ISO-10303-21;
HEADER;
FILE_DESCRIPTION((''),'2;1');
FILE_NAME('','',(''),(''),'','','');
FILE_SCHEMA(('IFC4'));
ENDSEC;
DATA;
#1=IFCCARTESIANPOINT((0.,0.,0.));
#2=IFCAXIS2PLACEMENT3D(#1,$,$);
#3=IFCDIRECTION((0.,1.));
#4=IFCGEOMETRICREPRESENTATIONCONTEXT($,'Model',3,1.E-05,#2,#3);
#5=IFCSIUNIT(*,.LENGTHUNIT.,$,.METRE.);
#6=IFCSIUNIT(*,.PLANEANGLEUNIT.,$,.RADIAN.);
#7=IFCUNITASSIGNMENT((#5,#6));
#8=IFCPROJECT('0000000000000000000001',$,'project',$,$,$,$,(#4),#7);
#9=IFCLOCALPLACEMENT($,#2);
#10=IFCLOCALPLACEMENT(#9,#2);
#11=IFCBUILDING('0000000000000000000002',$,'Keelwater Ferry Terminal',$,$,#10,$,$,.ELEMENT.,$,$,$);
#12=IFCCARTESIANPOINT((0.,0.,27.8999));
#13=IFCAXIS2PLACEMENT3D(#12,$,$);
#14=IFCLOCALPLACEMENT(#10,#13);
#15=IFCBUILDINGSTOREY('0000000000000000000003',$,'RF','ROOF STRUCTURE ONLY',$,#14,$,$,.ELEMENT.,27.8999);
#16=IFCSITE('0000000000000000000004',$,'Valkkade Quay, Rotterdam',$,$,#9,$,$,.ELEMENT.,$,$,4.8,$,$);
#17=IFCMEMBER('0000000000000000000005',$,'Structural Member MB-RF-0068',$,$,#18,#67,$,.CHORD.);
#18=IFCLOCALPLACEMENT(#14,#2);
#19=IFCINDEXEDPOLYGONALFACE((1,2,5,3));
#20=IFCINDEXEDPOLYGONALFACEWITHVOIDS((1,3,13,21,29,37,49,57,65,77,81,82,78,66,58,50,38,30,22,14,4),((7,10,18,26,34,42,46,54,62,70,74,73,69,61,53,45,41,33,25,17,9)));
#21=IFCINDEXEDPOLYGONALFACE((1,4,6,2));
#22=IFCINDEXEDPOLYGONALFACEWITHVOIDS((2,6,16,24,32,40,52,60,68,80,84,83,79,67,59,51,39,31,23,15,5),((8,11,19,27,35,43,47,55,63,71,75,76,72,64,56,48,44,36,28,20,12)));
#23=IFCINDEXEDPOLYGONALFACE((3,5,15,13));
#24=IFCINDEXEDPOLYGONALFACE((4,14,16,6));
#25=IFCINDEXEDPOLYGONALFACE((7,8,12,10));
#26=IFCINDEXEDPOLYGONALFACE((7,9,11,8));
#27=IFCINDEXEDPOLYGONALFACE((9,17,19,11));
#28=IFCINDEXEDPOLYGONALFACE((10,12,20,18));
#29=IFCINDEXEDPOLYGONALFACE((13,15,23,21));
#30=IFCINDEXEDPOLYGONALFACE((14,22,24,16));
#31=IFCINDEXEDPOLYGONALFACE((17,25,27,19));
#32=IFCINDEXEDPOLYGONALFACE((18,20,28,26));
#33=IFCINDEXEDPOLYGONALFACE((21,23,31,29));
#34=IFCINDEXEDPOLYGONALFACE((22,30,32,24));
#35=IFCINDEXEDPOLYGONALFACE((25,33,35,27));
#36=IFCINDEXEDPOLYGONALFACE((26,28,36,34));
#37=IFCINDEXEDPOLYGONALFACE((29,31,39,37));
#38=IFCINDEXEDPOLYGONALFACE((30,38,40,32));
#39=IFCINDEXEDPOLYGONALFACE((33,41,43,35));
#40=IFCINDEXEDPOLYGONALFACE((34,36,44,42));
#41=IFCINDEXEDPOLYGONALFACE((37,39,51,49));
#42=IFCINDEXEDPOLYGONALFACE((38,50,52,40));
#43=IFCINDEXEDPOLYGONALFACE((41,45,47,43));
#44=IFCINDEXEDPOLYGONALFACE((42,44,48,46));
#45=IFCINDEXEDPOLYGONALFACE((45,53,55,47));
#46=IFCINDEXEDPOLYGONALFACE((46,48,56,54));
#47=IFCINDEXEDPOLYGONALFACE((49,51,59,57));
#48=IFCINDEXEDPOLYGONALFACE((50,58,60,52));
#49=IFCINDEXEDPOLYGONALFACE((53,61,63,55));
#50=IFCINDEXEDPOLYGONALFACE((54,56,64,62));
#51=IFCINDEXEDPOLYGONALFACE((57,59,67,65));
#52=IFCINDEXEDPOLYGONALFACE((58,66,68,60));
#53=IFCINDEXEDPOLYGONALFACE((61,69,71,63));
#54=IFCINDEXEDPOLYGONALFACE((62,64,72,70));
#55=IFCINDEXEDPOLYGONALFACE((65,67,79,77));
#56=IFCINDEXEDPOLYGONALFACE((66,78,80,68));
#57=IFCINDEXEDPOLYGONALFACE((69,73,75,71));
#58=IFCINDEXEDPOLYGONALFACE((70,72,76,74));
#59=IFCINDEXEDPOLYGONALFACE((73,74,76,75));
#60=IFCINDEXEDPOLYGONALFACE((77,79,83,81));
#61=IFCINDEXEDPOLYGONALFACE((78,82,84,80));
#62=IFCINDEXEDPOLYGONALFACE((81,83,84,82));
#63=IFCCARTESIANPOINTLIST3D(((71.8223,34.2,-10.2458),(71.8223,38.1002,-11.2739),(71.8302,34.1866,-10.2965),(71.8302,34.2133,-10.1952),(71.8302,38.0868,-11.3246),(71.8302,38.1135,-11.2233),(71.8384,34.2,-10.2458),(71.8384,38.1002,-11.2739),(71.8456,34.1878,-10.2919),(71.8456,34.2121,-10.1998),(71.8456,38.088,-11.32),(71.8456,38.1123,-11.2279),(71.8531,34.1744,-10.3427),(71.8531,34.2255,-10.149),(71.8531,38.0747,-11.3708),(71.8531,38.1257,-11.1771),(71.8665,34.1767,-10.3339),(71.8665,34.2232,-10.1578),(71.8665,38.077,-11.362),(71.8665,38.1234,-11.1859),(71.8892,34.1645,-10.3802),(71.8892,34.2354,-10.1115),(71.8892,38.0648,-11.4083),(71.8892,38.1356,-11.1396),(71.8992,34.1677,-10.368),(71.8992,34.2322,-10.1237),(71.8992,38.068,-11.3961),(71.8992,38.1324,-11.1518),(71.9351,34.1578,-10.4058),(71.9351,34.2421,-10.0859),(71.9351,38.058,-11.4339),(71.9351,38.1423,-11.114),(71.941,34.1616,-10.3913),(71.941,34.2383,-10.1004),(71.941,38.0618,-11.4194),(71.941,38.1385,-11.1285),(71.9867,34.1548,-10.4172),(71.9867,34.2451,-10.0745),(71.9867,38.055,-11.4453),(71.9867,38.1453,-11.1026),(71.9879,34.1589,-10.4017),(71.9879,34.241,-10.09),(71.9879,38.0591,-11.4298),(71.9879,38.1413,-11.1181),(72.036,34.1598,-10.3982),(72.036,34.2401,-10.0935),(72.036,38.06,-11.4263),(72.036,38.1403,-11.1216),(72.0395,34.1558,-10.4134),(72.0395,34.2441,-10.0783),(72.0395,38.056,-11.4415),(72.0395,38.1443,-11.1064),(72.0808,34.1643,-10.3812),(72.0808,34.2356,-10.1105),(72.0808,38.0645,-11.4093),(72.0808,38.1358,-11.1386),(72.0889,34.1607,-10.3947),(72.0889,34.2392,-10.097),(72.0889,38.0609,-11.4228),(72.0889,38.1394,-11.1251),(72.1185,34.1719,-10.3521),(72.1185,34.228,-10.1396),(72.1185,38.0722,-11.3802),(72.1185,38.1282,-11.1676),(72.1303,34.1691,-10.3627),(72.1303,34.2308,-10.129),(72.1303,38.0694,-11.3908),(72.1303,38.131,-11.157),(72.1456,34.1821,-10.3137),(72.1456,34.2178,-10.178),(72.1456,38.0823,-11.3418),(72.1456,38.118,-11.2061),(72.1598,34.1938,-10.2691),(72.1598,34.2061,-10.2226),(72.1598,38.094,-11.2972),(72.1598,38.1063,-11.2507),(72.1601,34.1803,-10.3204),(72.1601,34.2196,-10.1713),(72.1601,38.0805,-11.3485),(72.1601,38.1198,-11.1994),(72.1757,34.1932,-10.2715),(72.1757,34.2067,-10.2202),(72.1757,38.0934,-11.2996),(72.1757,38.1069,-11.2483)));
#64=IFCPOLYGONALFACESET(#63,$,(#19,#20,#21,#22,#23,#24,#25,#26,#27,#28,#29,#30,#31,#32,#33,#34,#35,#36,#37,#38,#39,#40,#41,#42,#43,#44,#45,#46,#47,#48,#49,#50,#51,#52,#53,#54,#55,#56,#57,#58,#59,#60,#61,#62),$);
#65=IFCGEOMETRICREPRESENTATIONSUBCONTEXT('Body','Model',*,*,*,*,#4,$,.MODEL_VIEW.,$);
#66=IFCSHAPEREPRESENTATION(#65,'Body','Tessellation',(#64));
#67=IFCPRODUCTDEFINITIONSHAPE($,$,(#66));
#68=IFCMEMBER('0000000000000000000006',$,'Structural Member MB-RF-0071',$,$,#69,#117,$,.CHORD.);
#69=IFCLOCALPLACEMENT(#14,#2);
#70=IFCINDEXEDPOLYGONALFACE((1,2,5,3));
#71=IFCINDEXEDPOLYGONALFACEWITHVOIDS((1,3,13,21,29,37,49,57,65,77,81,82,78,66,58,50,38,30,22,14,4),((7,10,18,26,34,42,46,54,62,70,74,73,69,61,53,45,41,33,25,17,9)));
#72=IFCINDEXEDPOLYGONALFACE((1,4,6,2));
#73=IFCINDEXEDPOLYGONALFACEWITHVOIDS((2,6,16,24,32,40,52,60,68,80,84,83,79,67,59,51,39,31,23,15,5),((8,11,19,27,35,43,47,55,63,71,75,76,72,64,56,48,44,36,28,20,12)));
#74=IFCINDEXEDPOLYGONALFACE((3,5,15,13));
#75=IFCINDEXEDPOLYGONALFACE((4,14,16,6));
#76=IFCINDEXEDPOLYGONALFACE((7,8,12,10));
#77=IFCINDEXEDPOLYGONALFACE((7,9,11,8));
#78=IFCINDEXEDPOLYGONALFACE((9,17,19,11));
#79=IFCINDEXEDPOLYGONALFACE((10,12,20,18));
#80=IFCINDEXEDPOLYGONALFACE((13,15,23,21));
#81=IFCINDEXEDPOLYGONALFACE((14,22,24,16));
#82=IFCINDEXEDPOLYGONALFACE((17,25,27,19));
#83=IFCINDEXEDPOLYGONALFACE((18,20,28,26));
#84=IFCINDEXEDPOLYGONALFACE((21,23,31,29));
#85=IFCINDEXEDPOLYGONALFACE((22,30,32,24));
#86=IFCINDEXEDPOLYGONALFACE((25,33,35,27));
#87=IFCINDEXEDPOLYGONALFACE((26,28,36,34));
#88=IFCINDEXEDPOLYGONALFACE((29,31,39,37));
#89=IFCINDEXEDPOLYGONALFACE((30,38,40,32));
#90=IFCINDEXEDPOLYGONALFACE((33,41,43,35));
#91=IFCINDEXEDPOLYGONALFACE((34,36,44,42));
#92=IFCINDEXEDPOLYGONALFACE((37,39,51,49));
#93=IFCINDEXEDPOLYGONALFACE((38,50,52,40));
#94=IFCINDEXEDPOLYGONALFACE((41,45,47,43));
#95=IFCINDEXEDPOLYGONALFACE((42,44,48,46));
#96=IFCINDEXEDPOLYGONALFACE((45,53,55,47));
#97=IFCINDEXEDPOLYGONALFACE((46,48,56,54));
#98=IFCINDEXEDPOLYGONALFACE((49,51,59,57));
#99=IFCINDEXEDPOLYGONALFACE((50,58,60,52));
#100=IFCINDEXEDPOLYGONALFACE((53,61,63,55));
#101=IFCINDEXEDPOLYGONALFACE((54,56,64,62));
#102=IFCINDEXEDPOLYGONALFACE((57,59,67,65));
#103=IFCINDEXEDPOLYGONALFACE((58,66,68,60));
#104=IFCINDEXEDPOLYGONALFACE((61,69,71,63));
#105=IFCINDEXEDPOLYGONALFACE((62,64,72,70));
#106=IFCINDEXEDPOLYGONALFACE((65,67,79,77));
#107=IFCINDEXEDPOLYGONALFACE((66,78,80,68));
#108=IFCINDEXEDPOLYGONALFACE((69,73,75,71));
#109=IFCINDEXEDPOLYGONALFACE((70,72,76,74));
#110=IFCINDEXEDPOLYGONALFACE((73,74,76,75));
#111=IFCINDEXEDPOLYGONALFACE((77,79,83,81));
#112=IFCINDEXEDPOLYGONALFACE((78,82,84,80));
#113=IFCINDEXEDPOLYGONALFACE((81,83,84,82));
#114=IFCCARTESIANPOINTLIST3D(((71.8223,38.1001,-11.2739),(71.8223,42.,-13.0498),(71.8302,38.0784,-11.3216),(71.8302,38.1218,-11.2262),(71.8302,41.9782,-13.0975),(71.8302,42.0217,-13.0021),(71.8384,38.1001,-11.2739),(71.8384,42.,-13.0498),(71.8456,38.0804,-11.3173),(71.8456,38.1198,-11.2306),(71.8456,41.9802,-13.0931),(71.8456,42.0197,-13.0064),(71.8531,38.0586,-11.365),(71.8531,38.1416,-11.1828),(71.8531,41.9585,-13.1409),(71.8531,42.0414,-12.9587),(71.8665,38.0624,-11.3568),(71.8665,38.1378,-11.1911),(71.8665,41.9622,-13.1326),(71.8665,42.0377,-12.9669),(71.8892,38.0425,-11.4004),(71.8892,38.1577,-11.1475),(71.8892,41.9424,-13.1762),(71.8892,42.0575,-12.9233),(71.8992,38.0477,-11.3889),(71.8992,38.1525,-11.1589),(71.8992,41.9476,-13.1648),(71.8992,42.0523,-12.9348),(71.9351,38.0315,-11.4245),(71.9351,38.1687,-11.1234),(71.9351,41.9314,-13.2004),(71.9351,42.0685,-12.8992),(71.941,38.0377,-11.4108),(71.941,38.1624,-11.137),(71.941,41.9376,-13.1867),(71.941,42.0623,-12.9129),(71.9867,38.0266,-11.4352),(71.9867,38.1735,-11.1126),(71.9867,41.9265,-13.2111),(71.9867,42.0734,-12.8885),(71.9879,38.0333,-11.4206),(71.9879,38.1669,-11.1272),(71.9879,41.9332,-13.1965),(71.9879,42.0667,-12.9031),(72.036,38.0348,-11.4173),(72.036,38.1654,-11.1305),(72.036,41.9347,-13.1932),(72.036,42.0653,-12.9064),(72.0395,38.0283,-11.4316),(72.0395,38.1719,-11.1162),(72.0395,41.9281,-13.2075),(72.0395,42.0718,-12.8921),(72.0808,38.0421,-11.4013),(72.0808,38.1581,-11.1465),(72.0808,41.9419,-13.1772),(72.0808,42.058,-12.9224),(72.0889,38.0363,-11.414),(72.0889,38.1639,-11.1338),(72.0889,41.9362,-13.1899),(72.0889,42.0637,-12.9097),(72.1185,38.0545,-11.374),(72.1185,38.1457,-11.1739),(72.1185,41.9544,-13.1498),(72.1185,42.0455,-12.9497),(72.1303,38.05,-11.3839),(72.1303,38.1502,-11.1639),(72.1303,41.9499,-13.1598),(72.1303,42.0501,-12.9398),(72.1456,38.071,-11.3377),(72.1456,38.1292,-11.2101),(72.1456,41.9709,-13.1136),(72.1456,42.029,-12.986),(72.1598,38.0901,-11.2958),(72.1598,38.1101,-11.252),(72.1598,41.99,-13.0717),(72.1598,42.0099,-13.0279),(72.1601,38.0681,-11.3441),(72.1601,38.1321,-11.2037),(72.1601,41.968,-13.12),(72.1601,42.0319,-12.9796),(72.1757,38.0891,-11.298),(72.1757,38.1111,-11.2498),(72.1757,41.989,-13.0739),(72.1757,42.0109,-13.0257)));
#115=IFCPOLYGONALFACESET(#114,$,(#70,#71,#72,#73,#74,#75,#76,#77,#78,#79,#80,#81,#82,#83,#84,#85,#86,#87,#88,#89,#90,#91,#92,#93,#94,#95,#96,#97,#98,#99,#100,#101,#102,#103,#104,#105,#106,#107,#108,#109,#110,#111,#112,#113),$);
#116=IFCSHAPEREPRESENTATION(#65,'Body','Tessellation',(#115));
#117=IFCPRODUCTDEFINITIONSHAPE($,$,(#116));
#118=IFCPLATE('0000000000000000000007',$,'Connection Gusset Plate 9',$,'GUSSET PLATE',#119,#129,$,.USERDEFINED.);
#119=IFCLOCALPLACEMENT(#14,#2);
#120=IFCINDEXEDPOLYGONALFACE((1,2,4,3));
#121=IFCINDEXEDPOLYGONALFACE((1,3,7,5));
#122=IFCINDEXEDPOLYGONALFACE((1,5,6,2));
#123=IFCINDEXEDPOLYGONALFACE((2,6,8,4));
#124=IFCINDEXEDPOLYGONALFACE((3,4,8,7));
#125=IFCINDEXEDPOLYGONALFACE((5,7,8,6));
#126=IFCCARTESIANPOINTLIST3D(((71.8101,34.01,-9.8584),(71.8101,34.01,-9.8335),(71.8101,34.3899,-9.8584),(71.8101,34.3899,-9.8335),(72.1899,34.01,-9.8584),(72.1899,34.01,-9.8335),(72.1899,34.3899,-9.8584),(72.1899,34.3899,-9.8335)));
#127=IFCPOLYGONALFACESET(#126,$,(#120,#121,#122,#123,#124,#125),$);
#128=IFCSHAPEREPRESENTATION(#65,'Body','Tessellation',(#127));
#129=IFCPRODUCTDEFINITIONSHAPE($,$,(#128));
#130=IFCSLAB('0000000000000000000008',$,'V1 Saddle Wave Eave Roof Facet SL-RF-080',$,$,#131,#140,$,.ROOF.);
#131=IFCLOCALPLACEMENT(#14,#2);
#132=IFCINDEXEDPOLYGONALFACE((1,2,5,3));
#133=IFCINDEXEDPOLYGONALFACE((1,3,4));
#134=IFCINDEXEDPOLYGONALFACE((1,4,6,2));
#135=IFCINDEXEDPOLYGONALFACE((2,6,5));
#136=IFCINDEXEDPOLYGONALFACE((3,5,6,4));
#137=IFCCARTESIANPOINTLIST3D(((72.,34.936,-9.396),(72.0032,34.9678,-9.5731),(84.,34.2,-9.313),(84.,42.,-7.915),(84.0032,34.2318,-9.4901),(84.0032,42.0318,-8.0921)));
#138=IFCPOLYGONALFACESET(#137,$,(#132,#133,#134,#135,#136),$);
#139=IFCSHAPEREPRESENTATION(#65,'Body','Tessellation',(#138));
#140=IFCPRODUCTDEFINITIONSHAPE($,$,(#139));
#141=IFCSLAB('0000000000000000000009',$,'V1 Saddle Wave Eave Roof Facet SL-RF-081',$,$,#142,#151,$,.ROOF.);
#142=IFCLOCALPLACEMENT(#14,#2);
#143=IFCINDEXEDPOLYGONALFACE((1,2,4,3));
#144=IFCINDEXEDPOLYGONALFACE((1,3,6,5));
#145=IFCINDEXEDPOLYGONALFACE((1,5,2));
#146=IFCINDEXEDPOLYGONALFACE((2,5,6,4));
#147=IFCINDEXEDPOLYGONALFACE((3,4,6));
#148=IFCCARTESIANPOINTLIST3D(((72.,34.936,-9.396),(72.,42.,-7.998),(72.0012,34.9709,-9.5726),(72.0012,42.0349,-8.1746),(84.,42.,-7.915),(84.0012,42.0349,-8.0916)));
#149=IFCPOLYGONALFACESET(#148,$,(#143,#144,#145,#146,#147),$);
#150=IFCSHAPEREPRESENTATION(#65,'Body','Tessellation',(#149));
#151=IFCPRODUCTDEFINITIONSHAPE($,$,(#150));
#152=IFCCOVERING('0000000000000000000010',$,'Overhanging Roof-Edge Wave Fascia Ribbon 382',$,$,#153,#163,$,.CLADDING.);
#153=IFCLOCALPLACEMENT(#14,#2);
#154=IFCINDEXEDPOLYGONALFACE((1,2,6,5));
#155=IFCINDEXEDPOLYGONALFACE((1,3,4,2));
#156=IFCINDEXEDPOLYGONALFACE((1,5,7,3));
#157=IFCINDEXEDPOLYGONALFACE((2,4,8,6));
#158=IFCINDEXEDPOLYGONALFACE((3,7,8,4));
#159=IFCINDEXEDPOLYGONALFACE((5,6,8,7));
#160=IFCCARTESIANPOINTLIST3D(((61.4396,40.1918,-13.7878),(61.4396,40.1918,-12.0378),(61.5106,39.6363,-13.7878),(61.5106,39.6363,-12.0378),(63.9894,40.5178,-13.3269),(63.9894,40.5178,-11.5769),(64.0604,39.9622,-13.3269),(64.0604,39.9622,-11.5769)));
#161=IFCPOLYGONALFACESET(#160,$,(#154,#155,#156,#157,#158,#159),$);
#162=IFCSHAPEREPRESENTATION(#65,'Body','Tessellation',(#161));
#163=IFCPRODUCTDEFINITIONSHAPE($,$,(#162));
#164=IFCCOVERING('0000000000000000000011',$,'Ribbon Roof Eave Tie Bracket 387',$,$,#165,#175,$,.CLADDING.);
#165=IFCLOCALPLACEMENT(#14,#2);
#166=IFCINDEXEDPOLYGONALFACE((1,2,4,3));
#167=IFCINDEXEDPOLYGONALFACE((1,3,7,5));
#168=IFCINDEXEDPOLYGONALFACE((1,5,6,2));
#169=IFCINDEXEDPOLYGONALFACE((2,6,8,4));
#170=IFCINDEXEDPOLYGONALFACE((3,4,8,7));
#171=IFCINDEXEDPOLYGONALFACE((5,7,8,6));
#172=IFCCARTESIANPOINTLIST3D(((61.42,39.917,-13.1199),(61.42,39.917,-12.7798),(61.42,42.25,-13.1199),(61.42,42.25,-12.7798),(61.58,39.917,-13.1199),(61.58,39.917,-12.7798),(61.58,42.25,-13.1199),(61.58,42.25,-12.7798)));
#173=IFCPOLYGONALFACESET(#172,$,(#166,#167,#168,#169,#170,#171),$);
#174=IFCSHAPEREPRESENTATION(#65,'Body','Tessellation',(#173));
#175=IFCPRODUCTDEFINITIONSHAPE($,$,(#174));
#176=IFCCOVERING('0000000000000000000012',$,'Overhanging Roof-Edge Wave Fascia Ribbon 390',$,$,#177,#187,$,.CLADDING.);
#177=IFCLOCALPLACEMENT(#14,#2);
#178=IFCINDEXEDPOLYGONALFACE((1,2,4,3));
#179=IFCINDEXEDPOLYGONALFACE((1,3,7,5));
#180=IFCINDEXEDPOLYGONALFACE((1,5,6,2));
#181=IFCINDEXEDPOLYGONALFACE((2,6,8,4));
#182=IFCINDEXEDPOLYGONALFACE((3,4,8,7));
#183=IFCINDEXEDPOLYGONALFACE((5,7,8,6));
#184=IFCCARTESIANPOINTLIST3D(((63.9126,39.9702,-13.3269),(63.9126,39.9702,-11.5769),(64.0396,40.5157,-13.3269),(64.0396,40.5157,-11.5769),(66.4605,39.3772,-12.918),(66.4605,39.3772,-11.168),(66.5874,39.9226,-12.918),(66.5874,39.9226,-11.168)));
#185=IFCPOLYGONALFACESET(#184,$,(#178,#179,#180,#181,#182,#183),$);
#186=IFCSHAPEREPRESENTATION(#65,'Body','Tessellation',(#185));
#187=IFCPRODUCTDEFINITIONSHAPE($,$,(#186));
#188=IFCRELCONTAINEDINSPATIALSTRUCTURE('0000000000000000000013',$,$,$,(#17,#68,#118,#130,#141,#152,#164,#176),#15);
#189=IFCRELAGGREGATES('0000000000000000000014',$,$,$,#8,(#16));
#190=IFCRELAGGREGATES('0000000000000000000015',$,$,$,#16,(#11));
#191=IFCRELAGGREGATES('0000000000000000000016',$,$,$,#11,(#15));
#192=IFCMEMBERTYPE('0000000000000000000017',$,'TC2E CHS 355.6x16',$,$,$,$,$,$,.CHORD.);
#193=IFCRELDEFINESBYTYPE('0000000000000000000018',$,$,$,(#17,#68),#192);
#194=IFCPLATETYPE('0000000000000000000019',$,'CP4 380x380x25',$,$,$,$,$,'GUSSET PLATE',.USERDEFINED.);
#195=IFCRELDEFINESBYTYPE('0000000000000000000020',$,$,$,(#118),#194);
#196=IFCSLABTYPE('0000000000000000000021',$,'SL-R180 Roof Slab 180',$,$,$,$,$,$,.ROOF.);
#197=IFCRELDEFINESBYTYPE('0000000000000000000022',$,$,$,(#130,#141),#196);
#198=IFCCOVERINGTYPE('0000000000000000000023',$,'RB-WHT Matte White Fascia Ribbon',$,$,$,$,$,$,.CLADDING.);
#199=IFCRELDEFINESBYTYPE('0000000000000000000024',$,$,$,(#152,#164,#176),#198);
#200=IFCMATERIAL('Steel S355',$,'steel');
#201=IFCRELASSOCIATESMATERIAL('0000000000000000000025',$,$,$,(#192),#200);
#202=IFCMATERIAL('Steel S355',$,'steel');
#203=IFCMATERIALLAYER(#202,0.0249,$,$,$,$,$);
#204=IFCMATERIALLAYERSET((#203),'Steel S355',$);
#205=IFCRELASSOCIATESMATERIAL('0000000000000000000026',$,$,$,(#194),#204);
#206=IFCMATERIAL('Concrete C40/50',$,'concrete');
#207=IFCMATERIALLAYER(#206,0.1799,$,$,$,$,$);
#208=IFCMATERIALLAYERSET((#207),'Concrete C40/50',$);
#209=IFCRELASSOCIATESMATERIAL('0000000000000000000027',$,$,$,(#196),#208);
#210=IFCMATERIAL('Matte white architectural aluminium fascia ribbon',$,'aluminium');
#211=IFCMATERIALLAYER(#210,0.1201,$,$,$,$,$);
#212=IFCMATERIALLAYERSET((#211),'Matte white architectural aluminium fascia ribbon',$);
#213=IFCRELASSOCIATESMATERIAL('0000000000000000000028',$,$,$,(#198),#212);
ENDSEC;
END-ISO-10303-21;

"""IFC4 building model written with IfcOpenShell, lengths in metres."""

from ifc_helpers import new_model, si_unit, direction, frame, frame_2d, origin, origin_with_axes, origin_2d, place, context, subcontext, project, spatial, polyline, rectangle, hollow_circle, outline, extrude, material, layer, layer_set, material_profile, profile_set, type_object, element, save


model = new_model("IFC4")

# Units and contexts
model_context = context("Model", 3, precision=1e-05, world=origin(), true_north=direction((0.0, 1.0)))
body_context = subcontext(model_context, "Body", "Model", "MODEL_VIEW")
ifc_project = project(units=[si_unit("LENGTHUNIT", "METRE"), si_unit("PLANEANGLEUNIT", "RADIAN")], contexts=[model_context])

# Site, building, storey
site_placement = place(None, origin())
site = spatial("IfcSite", under=ifc_project, at=site_placement, Name="Valkkade Quay, Rotterdam", CompositionType="ELEMENT", RefElevation=4.8)
building_placement = place(site_placement, origin())
building = spatial("IfcBuilding", under=site, at=building_placement, Name="Keelwater Ferry Terminal", CompositionType="ELEMENT")
storey_placement = place(building_placement, frame((0.0, 0.0, 27.8999)))
storey = spatial("IfcBuildingStorey", under=building, at=storey_placement, Name="RF", Description="ROOF STRUCTURE ONLY", CompositionType="ELEMENT", Elevation=27.8999)

# Members
ifc_material_1 = material(Name="Steel S355", Category="steel")
ifc_material_profile_1 = material_profile(ifc_material_1, hollow_circle(Radius=0.1777, WallThickness=0.0161, at=origin_2d()), Name="CHS 355.6x16")
ifc_profile_set_1 = profile_set([ifc_material_profile_1], Name="Steel S355")
member_type_1 = type_object("IfcMemberType", Name="TC2E CHS 355.6x16", PredefinedType="CHORD", material=ifc_profile_set_1)
member_1_placement = place(storey_placement, frame((72.0, 34.2, -10.2458), z_axis=(0.0, 0.966969, -0.254893), x_axis=(-1.0, 0.0, 0.0)))
element("IfcMember", 1, at=member_1_placement, inside=storey, type_object=member_type_1, Name="Structural Member MB-RF-0068", PredefinedType="CHORD", context=body_context, shape_type="SweptSolid", body=[
    extrude(hollow_circle(Radius=0.1777, WallThickness=0.0161, at=origin_2d()), origin(), (0.0, 0.0, 1.0), 4.0334),
])
member_2_placement = place(storey_placement, frame((72.0, 38.1001, -11.2739), z_axis=(0.0, 0.910085, -0.414421), x_axis=(-1.0, 0.0, 0.0)))
element("IfcMember", 2, at=member_2_placement, inside=storey, type_object=member_type_1, Name="Structural Member MB-RF-0071", PredefinedType="CHORD", context=body_context, shape_type="SweptSolid", body=[
    extrude(hollow_circle(Radius=0.1777, WallThickness=0.0161, at=origin_2d()), origin(), (0.0, 0.0, 1.0), 4.2852),
])

# Plate
ifc_material_2 = material(Name="Steel S355", Category="steel")
ifc_layer_1 = layer(ifc_material_2, 0.0249)
ifc_layer_set_1 = layer_set([ifc_layer_1], Name="Steel S355")
plate_type = type_object("IfcPlateType", Name="CP4 380x380x25", ElementType="GUSSET PLATE", PredefinedType="USERDEFINED", material=ifc_layer_set_1)
plate_placement = place(storey_placement, frame((72.0, 34.2, -9.8584), z_axis=(0.0, 0.0, 1.0), x_axis=(0.0, 1.0, 0.0)))
element("IfcPlate", 3, at=plate_placement, inside=storey, type_object=plate_type, Name="Connection Gusset Plate 9", ObjectType="GUSSET PLATE", PredefinedType="USERDEFINED", context=body_context, shape_type="SweptSolid", body=[
    extrude(rectangle(XDim=0.3799, YDim=0.3799, at=origin_2d()), origin(), (0.0, 0.0, 1.0), 0.0249),
])

# Slabs
ifc_material_3 = material(Name="Concrete C40/50", Category="concrete")
ifc_layer_2 = layer(ifc_material_3, 0.1799)
ifc_layer_set_2 = layer_set([ifc_layer_2], Name="Concrete C40/50")
slab_type = type_object("IfcSlabType", Name="SL-R180 Roof Slab 180", PredefinedType="ROOF", material=ifc_layer_set_2)
slab_1_placement = place(storey_placement, frame((72.0032, 34.9678, -9.5731), z_axis=(-0.017626, -0.176392, 0.984162), x_axis=(0.999845, -0.00311, 0.017349)))
element("IfcSlab", 4, at=slab_1_placement, inside=storey, type_object=slab_type, Name="V1 Saddle Wave Eave Roof Facet SL-RF-080", PredefinedType="ROOF", context=body_context, shape_type="SweptSolid", body=[
    extrude(outline(polyline([(0.0, 0.0), (12.0019, -0.7098), (12.0019, 7.2145), (0.0, 0.0)])), origin_with_axes(), (0.0, 0.0, 1.0), 0.18),
])
slab_2_placement = place(storey_placement, frame((72.0012, 34.9709, -9.5726), z_axis=(-0.006785, -0.194135, 0.980951), x_axis=(0.999977, -0.001317, 0.006656)))
element("IfcSlab", 5, at=slab_2_placement, inside=storey, type_object=slab_type, Name="V1 Saddle Wave Eave Roof Facet SL-RF-081", PredefinedType="ROOF", context=body_context, shape_type="SweptSolid", body=[
    extrude(outline(polyline([(0.0, 0.0), (12.0003, 7.2171), (0.0, 7.201), (0.0, 0.0)])), origin_with_axes(), (0.0, 0.0, 1.0), 0.18),
])

# Coverings
ifc_material_4 = material(Name="Matte white architectural aluminium fascia ribbon", Category="aluminium")
ifc_layer_3 = layer(ifc_material_4, 0.1201)
ifc_layer_set_3 = layer_set([ifc_layer_3], Name="Matte white architectural aluminium fascia ribbon")
covering_type = type_object("IfcCoveringType", Name="RB-WHT Matte White Fascia Ribbon", PredefinedType="CLADDING", material=ifc_layer_set_3)
covering_1_placement = place(storey_placement, frame((61.4751, 39.9141, -13.7878), z_axis=(0.0, 0.0, 1.0), x_axis=(0.991929, 0.126793, 0.0)))
element("IfcCovering", 6, at=covering_1_placement, inside=storey, type_object=covering_type, Name="Overhanging Roof-Edge Wave Fascia Ribbon 382", PredefinedType="CLADDING", context=body_context, shape_type="SweptSolid", body=[
    extrude(outline(polyline([(0.0, 0.0), (2.5706, 0.4609), (2.5706, 2.2109), (0.0, 1.75), (0.0, 0.0)])), frame((0.0, 0.28, 0.0), z_axis=(0.0, -1.0, 0.0), x_axis=(1.0, 0.0, 0.0)), (0.0, 0.0, 1.0), 0.5601),
])
covering_2_placement = place(storey_placement, frame((61.5, 39.917, -13.1199), z_axis=(0.0, 0.0, 1.0), x_axis=(0.0, 1.0, 0.0)))
element("IfcCovering", 7, at=covering_2_placement, inside=storey, type_object=covering_type, Name="Ribbon Roof Eave Tie Bracket 387", PredefinedType="CLADDING", context=body_context, shape_type="SweptSolid", body=[
    extrude(rectangle(XDim=2.333, YDim=0.1599, at=frame_2d((1.1665, 0.0))), origin(), (0.0, 0.0, 1.0), 0.3401),
])
covering_3_placement = place(storey_placement, frame((63.9761, 40.2429, -13.3269), z_axis=(0.0, 0.0, 1.0), x_axis=(0.973966, -0.226693, 0.0)))
element("IfcCovering", 8, at=covering_3_placement, inside=storey, type_object=covering_type, Name="Overhanging Roof-Edge Wave Fascia Ribbon 390", PredefinedType="CLADDING", context=body_context, shape_type="SweptSolid", body=[
    extrude(outline(polyline([(0.0, 0.0), (2.616, 0.4089), (2.616, 2.1589), (0.0, 1.75), (0.0, 0.0)])), frame((0.0, 0.28, 0.0), z_axis=(0.0, -1.0, 0.0), x_axis=(1.0, 0.0, 0.0)), (0.0, 0.0, 1.0), 0.5601),
])

save(model, "model.ifc")
